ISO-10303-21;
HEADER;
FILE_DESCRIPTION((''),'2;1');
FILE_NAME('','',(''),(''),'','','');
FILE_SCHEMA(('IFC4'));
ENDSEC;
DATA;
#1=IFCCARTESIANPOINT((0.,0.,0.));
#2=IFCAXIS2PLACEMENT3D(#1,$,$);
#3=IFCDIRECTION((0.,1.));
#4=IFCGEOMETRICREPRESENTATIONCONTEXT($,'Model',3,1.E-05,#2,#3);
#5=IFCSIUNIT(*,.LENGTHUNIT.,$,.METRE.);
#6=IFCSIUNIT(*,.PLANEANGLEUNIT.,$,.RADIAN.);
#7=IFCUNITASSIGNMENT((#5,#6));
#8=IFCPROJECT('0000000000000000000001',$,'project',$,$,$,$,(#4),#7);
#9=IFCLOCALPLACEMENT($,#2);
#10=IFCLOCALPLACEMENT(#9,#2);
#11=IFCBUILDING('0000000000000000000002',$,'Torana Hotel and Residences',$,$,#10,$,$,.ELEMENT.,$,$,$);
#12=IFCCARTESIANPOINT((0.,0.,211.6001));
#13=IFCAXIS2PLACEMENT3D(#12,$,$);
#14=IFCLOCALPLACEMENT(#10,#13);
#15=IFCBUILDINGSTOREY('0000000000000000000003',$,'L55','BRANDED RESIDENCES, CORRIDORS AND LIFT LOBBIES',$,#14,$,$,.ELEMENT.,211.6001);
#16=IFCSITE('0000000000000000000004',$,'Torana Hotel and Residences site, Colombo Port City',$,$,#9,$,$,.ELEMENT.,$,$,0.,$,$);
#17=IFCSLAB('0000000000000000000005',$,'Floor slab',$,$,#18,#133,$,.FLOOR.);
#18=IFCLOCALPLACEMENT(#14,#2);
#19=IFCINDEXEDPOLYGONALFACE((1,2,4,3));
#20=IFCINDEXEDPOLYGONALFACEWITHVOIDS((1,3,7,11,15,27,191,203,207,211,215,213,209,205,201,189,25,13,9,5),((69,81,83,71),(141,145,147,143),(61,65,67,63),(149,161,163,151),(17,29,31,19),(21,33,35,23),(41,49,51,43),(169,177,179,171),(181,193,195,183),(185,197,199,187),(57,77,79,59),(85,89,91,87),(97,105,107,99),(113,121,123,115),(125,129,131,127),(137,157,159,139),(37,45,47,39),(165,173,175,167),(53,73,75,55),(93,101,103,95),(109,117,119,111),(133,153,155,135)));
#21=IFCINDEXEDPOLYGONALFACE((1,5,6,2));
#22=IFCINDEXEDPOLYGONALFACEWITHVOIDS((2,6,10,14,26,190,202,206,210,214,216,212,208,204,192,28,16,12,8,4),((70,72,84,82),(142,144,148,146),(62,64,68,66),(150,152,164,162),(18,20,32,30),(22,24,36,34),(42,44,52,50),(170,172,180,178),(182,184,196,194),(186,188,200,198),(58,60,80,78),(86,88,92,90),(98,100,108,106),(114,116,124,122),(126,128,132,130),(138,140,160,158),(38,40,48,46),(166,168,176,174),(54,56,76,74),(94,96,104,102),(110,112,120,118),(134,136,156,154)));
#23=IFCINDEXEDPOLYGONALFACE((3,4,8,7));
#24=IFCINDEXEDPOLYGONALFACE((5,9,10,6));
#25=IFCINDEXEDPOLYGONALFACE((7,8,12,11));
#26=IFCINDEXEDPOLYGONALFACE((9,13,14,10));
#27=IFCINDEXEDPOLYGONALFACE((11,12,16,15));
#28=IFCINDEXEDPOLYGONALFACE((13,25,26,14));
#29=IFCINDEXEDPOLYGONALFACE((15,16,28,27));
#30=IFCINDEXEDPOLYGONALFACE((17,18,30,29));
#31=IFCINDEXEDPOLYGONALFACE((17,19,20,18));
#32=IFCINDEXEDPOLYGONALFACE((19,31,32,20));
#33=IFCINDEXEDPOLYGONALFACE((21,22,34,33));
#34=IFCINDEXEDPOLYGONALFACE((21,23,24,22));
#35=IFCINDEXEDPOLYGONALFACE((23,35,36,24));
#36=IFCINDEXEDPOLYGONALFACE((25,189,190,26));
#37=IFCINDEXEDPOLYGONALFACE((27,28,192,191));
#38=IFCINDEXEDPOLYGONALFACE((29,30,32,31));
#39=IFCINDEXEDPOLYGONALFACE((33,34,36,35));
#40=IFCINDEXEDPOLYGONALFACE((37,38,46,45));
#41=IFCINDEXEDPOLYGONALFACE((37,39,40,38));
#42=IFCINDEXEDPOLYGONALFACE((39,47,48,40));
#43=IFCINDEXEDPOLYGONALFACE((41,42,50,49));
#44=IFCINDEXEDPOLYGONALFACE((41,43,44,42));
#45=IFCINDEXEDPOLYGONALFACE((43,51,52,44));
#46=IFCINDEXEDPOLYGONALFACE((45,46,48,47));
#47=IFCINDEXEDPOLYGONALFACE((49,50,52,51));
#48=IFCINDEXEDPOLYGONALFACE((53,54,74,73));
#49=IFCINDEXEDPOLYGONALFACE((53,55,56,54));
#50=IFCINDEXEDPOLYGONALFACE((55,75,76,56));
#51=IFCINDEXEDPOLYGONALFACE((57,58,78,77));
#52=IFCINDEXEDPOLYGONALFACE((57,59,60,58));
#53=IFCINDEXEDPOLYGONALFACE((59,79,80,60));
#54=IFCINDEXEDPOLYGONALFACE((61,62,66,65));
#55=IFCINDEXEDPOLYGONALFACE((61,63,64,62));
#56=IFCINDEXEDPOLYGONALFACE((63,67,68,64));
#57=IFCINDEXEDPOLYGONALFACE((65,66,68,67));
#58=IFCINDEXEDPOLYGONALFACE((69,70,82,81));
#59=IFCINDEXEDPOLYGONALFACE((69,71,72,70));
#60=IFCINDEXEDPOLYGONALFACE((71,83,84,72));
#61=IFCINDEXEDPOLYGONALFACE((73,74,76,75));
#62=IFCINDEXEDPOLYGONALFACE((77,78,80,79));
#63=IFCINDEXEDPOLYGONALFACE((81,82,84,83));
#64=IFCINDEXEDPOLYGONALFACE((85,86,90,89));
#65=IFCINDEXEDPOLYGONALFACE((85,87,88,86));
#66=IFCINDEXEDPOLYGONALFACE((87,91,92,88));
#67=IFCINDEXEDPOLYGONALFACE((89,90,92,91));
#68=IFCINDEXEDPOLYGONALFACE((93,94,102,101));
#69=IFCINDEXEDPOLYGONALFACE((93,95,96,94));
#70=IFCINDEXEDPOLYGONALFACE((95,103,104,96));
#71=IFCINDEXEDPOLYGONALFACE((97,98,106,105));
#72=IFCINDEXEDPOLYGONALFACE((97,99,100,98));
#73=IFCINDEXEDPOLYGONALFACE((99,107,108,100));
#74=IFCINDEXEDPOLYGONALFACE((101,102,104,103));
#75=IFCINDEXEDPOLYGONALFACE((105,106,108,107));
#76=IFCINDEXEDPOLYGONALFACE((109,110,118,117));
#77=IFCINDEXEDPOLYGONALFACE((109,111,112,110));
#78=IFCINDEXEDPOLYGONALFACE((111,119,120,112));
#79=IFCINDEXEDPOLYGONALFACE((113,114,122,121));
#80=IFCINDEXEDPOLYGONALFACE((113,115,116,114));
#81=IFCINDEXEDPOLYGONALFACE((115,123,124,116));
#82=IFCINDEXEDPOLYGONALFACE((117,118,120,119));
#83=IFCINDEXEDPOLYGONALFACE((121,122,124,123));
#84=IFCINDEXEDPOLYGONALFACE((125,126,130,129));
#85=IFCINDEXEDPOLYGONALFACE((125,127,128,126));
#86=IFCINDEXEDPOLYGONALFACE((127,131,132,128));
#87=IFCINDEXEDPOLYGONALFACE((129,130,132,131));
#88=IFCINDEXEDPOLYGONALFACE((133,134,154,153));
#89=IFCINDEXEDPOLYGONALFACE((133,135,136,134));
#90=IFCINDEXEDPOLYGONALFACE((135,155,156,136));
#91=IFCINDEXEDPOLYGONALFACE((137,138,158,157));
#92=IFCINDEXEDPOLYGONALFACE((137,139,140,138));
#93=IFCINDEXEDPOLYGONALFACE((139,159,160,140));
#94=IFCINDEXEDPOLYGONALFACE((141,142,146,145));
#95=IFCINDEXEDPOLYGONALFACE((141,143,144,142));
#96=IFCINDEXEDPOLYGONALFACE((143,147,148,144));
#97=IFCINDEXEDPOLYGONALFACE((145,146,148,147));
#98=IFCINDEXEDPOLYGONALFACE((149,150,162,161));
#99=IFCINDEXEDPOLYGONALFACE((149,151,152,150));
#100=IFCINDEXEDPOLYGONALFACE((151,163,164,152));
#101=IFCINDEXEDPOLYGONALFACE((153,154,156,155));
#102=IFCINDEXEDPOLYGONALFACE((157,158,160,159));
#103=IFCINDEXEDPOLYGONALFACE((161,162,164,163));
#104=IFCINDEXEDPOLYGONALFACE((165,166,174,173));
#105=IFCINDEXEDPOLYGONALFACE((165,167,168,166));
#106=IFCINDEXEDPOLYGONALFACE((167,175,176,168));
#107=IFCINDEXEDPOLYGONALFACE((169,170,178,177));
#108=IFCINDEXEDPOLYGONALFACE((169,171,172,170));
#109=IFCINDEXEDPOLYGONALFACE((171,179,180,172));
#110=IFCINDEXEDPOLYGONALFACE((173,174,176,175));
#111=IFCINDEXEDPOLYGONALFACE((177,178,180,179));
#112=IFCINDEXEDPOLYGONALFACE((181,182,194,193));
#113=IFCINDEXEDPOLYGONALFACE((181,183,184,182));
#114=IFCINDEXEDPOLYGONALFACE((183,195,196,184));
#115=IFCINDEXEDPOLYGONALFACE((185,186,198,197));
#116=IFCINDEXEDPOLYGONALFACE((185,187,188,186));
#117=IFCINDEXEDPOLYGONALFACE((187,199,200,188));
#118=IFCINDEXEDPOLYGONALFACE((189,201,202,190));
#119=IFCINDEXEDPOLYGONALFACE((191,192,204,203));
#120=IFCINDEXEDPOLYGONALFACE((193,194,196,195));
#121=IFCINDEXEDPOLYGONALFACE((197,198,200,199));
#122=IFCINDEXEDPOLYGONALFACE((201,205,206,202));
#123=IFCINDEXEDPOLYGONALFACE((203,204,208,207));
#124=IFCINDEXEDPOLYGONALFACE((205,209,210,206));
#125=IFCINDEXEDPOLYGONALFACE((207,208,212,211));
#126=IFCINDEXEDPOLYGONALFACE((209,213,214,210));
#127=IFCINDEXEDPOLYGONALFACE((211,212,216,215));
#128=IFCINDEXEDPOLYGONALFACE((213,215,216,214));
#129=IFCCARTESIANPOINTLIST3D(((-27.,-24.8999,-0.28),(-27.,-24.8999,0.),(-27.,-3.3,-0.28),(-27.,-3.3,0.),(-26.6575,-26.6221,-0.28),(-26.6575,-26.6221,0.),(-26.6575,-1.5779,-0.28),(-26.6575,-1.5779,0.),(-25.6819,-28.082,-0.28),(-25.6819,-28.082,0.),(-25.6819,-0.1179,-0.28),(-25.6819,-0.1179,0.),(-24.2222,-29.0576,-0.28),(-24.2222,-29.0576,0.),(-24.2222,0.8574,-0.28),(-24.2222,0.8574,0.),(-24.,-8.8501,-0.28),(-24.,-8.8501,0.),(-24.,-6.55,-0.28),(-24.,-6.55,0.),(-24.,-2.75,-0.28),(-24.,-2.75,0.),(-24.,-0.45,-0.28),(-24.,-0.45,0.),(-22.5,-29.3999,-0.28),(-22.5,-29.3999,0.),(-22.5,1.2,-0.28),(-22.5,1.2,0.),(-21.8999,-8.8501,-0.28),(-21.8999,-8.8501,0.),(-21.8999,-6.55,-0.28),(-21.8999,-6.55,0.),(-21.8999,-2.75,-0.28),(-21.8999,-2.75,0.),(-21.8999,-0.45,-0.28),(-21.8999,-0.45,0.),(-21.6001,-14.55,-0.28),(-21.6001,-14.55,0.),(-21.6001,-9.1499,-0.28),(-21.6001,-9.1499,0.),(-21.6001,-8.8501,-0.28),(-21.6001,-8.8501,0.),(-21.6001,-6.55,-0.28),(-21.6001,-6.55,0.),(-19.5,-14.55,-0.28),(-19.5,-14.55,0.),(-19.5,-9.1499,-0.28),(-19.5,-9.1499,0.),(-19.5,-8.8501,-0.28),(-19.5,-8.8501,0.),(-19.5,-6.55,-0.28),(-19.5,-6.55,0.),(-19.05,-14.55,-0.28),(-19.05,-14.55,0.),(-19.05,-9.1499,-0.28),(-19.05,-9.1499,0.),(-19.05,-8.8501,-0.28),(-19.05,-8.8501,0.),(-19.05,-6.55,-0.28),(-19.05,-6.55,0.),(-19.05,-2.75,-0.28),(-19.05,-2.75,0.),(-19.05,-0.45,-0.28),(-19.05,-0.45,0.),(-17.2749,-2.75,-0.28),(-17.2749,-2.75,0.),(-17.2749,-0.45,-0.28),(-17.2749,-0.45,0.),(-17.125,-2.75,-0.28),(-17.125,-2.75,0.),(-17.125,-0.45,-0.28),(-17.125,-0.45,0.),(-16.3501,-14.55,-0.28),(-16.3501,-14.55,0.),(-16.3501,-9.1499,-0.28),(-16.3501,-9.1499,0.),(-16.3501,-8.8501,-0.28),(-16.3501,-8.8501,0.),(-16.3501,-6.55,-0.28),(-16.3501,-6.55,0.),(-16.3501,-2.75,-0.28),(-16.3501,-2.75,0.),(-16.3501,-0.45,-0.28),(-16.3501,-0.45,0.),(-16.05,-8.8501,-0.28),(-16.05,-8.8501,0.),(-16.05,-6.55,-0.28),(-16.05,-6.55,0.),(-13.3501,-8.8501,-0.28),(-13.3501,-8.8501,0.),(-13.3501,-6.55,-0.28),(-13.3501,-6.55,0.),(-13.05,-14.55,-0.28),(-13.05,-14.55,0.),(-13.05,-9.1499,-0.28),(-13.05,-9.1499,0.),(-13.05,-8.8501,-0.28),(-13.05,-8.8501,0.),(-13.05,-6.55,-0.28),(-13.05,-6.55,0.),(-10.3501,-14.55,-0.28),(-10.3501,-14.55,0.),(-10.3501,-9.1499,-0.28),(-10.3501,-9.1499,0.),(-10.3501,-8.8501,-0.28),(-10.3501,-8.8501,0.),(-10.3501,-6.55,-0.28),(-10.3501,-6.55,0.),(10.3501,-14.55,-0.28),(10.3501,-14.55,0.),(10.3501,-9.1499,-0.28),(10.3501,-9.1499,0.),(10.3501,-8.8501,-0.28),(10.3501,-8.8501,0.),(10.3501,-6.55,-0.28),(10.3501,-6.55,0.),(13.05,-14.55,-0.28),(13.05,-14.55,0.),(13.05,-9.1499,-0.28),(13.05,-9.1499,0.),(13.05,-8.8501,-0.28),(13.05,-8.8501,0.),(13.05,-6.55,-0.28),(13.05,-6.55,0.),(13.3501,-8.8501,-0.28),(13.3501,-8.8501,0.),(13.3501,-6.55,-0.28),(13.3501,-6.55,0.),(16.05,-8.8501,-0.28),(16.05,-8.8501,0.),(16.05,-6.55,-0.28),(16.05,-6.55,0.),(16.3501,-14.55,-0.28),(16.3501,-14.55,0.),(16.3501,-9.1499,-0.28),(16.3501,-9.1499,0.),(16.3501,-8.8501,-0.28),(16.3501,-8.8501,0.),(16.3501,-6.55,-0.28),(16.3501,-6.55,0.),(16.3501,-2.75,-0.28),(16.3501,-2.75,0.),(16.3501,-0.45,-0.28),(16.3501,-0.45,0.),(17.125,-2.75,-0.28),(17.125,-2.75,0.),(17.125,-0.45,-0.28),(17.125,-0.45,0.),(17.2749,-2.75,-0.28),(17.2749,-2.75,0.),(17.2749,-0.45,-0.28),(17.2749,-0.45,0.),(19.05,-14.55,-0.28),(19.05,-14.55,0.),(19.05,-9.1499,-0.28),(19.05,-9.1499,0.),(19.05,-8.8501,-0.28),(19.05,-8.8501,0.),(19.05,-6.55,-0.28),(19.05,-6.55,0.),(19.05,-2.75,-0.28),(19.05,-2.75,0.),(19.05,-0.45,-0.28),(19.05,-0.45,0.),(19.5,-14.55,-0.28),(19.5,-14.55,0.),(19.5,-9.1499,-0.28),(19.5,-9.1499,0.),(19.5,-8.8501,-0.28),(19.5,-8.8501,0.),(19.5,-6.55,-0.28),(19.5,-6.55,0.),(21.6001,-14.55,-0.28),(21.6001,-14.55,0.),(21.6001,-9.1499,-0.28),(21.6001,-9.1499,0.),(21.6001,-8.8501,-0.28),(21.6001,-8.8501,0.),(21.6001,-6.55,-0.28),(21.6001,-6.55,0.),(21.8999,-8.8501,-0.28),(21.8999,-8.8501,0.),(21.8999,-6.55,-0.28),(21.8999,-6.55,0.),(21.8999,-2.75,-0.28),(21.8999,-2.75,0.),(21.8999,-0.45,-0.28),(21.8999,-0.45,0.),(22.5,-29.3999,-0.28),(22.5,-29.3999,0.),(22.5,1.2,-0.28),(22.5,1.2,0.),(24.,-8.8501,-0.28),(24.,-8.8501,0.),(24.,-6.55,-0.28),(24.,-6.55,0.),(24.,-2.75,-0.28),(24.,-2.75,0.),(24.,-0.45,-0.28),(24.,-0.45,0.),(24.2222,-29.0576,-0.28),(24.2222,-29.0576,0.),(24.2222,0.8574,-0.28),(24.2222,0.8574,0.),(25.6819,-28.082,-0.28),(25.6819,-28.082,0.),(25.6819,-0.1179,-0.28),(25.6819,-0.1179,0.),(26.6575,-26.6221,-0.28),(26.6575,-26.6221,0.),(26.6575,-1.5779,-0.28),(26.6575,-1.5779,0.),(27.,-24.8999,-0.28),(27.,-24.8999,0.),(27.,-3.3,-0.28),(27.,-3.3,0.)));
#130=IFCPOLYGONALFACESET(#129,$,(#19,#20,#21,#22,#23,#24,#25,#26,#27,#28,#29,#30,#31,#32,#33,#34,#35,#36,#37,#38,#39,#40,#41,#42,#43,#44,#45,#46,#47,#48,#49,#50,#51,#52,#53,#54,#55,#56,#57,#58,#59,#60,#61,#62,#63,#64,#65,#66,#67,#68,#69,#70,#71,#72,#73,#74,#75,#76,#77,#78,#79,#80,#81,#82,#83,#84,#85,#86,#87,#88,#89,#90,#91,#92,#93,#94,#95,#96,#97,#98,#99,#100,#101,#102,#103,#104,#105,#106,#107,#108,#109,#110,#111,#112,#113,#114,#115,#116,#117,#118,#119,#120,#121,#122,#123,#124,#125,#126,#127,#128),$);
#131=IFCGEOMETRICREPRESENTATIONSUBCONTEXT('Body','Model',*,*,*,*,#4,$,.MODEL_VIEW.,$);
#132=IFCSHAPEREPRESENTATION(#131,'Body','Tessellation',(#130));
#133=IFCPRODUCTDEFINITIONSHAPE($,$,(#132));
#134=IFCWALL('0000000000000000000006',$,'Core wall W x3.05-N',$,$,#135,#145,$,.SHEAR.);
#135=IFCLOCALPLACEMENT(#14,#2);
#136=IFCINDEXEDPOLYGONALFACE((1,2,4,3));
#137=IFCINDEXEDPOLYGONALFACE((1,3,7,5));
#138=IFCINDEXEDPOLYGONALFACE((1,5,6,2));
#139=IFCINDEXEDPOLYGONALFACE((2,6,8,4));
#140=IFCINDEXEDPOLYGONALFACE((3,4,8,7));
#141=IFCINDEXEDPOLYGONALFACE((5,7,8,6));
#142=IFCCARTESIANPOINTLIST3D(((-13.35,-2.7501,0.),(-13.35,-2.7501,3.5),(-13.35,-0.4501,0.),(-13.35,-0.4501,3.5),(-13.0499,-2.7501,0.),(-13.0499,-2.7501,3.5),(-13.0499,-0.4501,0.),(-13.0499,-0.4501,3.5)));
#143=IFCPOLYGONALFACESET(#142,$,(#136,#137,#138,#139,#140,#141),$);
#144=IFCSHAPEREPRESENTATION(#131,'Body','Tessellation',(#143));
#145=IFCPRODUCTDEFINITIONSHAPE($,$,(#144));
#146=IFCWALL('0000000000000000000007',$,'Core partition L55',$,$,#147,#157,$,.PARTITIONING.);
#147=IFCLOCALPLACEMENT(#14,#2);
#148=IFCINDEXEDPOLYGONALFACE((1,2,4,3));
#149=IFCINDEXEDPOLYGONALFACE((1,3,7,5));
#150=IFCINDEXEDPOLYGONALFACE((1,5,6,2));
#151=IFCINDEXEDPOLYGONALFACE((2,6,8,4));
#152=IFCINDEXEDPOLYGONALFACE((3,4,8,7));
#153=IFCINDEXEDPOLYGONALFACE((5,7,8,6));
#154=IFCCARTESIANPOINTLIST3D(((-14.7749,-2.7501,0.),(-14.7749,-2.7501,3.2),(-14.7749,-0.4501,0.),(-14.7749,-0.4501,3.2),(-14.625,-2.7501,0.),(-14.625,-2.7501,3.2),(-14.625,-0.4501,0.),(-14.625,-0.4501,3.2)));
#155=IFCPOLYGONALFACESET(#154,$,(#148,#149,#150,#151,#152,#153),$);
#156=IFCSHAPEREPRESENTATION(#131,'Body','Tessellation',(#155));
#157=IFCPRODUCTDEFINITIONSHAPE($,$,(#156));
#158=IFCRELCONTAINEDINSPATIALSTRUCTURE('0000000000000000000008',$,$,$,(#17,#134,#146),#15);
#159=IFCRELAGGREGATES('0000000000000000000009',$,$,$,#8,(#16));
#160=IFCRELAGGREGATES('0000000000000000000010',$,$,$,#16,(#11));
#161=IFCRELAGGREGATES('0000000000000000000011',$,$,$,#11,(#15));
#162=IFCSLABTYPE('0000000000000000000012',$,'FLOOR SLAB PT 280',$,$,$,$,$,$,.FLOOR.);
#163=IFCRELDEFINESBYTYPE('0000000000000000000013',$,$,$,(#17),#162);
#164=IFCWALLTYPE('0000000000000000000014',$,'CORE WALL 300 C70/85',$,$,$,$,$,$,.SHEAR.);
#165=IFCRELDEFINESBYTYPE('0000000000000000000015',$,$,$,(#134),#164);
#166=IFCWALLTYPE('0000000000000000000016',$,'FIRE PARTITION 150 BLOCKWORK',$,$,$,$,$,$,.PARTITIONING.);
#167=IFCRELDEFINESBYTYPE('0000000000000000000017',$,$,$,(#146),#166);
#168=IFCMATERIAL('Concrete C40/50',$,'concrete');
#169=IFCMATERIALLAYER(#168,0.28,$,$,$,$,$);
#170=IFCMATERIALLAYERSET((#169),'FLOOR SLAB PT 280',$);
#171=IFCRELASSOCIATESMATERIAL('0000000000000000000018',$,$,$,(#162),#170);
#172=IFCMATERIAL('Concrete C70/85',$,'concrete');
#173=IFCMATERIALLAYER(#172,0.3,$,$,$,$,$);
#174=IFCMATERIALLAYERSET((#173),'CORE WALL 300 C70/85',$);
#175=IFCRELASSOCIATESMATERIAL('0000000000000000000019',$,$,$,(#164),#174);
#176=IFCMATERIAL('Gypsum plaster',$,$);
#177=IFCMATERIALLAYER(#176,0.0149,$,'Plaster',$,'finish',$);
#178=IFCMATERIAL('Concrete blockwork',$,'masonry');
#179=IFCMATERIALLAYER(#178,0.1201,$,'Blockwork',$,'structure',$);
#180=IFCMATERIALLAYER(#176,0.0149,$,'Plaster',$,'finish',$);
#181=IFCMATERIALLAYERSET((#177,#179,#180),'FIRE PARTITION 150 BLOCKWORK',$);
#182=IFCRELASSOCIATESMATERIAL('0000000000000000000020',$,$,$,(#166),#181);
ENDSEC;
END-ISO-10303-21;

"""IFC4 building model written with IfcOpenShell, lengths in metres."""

from ifc_helpers import new_model, si_unit, direction, frame, frame_2d, origin, place, context, subcontext, project, spatial, polyline, rectangle, outline, extrude, material, layer, layer_set, type_object, element, save


model = new_model("IFC4")

# Units and contexts
model_context = context("Model", 3, precision=1e-05, world=origin(), true_north=direction((0.0, 1.0)))
body_context = subcontext(model_context, "Body", "Model", "MODEL_VIEW")
ifc_project = project(units=[si_unit("LENGTHUNIT", "METRE"), si_unit("PLANEANGLEUNIT", "RADIAN")], contexts=[model_context])

# Site, building, storey
site_placement = place(None, origin())
site = spatial("IfcSite", under=ifc_project, at=site_placement, Name="Torana Hotel and Residences site, Colombo Port City", CompositionType="ELEMENT", RefElevation=0.0)
building_placement = place(site_placement, origin())
building = spatial("IfcBuilding", under=site, at=building_placement, Name="Torana Hotel and Residences", CompositionType="ELEMENT")
storey_placement = place(building_placement, frame((0.0, 0.0, 211.6001)))
storey = spatial("IfcBuildingStorey", under=building, at=storey_placement, Name="L55", Description="BRANDED RESIDENCES, CORRIDORS AND LIFT LOBBIES", CompositionType="ELEMENT", Elevation=211.6001)

# Slab
ifc_material_1 = material(Name="Concrete C40/50", Category="concrete")
ifc_layer_1 = layer(ifc_material_1, 0.28)
ifc_layer_set_1 = layer_set([ifc_layer_1], Name="FLOOR SLAB PT 280")
slab_type_1 = type_object("IfcSlabType", Name="FLOOR SLAB PT 280", PredefinedType="FLOOR", material=ifc_layer_set_1)
slab_1_placement = place(storey_placement, frame((0.0, 0.0, -0.28)))
element("IfcSlab", 1, at=slab_1_placement, inside=storey, type_object=slab_type_1, Name="Floor slab", PredefinedType="FLOOR", context=body_context, shape_type="SweptSolid", body=[
    extrude(outline(polyline([(27.0, -3.3), (26.6575, -1.5779), (25.6819, -0.1179), (24.2222, 0.8574), (22.5, 1.2), (-22.5, 1.2), (-24.2222, 0.8574), (-25.6819, -0.1179), (-26.6575, -1.5779), (-27.0, -3.3), (-27.0, -24.8999), (-26.6575, -26.6221), (-25.6819, -28.082), (-24.2222, -29.0576), (-22.5, -29.3999), (22.5, -29.3999), (24.2222, -29.0576), (25.6819, -28.082), (26.6575, -26.6221), (27.0, -24.8999), (27.0, -3.3)]), holes=[polyline([(-13.05, -14.55), (-10.3501, -14.55), (-10.3501, -9.1499), (-13.05, -9.1499), (-13.05, -14.55)]), polyline([(-19.05, -14.55), (-16.3501, -14.55), (-16.3501, -9.1499), (-19.05, -9.1499), (-19.05, -14.55)]), polyline([(-17.125, -2.75), (-16.3501, -2.75), (-16.3501, -0.45), (-17.125, -0.45), (-17.125, -2.75)]), polyline([(-19.05, -2.75), (-17.2749, -2.75), (-17.2749, -0.45), (-19.05, -0.45), (-19.05, -2.75)]), polyline([(-21.6001, -8.8501), (-19.5, -8.8501), (-19.5, -6.55), (-21.6001, -6.55), (-21.6001, -8.8501)]), polyline([(-24.0, -2.75), (-21.8999, -2.75), (-21.8999, -0.45), (-24.0, -0.45), (-24.0, -2.75)]), polyline([(-24.0, -8.8501), (-21.8999, -8.8501), (-21.8999, -6.55), (-24.0, -6.55), (-24.0, -8.8501)]), polyline([(-13.05, -8.8501), (-10.3501, -8.8501), (-10.3501, -6.55), (-13.05, -6.55), (-13.05, -8.8501)]), polyline([(-16.05, -8.8501), (-13.3501, -8.8501), (-13.3501, -6.55), (-16.05, -6.55), (-16.05, -8.8501)]), polyline([(-19.05, -8.8501), (-16.3501, -8.8501), (-16.3501, -6.55), (-19.05, -6.55), (-19.05, -8.8501)]), polyline([(-21.6001, -14.55), (-19.5, -14.55), (-19.5, -9.1499), (-21.6001, -9.1499), (-21.6001, -14.55)]), polyline([(10.3501, -14.55), (13.05, -14.55), (13.05, -9.1499), (10.3501, -9.1499), (10.3501, -14.55)]), polyline([(16.3501, -14.55), (19.05, -14.55), (19.05, -9.1499), (16.3501, -9.1499), (16.3501, -14.55)]), polyline([(16.3501, -2.75), (17.125, -2.75), (17.125, -0.45), (16.3501, -0.45), (16.3501, -2.75)]), polyline([(17.2749, -2.75), (19.05, -2.75), (19.05, -0.45), (17.2749, -0.45), (17.2749, -2.75)]), polyline([(19.5, -8.8501), (21.6001, -8.8501), (21.6001, -6.55), (19.5, -6.55), (19.5, -8.8501)]), polyline([(21.8999, -2.75), (24.0, -2.75), (24.0, -0.45), (21.8999, -0.45), (21.8999, -2.75)]), polyline([(21.8999, -8.8501), (24.0, -8.8501), (24.0, -6.55), (21.8999, -6.55), (21.8999, -8.8501)]), polyline([(10.3501, -8.8501), (13.05, -8.8501), (13.05, -6.55), (10.3501, -6.55), (10.3501, -8.8501)]), polyline([(13.3501, -8.8501), (16.05, -8.8501), (16.05, -6.55), (13.3501, -6.55), (13.3501, -8.8501)]), polyline([(16.3501, -8.8501), (19.05, -8.8501), (19.05, -6.55), (16.3501, -6.55), (16.3501, -8.8501)]), polyline([(19.5, -14.55), (21.6001, -14.55), (21.6001, -9.1499), (19.5, -9.1499), (19.5, -14.55)])]), origin(), (0.0, 0.0, 1.0), 0.28),
])

# Walls
ifc_material_2 = material(Name="Concrete C70/85", Category="concrete")
ifc_layer_2 = layer(ifc_material_2, 0.3)
ifc_layer_set_2 = layer_set([ifc_layer_2], Name="CORE WALL 300 C70/85")
wall_type_1 = type_object("IfcWallType", Name="CORE WALL 300 C70/85", PredefinedType="SHEAR", material=ifc_layer_set_2)
wall_1_placement = place(storey_placement, frame((-13.2, -2.75, 0.0), z_axis=(0.0, 0.0, 1.0), x_axis=(0.0, 1.0, 0.0)))
element("IfcWall", 2, at=wall_1_placement, inside=storey, type_object=wall_type_1, Name="Core wall W x3.05-N", PredefinedType="SHEAR", context=body_context, shape_type="SweptSolid", body=[
    extrude(rectangle(XDim=2.3, YDim=0.3, at=frame_2d((1.1499, 0.0))), origin(), (0.0, 0.0, 1.0), 3.5),
])
ifc_material_3 = material(Name="Gypsum plaster")
ifc_layer_3 = layer(ifc_material_3, 0.0149, Name="Plaster", Category="finish")
ifc_material_4 = material(Name="Concrete blockwork", Category="masonry")
ifc_layer_4 = layer(ifc_material_4, 0.1201, Name="Blockwork", Category="structure")
ifc_layer_5 = layer(ifc_material_3, 0.0149, Name="Plaster", Category="finish")
ifc_layer_set_3 = layer_set([ifc_layer_3, ifc_layer_4, ifc_layer_5], Name="FIRE PARTITION 150 BLOCKWORK")
wall_type_2 = type_object("IfcWallType", Name="FIRE PARTITION 150 BLOCKWORK", PredefinedType="PARTITIONING", material=ifc_layer_set_3)
wall_2_placement = place(storey_placement, frame((-14.7, -2.75, 0.0), z_axis=(0.0, 0.0, 1.0), x_axis=(0.0, 1.0, 0.0)))
element("IfcWall", 3, at=wall_2_placement, inside=storey, type_object=wall_type_2, Name="Core partition L55", PredefinedType="PARTITIONING", context=body_context, shape_type="SweptSolid", body=[
    extrude(rectangle(XDim=2.3, YDim=0.1499, at=frame_2d((1.1499, 0.0))), origin(), (0.0, 0.0, 1.0), 3.2),
])

save(model, "model.ifc")
